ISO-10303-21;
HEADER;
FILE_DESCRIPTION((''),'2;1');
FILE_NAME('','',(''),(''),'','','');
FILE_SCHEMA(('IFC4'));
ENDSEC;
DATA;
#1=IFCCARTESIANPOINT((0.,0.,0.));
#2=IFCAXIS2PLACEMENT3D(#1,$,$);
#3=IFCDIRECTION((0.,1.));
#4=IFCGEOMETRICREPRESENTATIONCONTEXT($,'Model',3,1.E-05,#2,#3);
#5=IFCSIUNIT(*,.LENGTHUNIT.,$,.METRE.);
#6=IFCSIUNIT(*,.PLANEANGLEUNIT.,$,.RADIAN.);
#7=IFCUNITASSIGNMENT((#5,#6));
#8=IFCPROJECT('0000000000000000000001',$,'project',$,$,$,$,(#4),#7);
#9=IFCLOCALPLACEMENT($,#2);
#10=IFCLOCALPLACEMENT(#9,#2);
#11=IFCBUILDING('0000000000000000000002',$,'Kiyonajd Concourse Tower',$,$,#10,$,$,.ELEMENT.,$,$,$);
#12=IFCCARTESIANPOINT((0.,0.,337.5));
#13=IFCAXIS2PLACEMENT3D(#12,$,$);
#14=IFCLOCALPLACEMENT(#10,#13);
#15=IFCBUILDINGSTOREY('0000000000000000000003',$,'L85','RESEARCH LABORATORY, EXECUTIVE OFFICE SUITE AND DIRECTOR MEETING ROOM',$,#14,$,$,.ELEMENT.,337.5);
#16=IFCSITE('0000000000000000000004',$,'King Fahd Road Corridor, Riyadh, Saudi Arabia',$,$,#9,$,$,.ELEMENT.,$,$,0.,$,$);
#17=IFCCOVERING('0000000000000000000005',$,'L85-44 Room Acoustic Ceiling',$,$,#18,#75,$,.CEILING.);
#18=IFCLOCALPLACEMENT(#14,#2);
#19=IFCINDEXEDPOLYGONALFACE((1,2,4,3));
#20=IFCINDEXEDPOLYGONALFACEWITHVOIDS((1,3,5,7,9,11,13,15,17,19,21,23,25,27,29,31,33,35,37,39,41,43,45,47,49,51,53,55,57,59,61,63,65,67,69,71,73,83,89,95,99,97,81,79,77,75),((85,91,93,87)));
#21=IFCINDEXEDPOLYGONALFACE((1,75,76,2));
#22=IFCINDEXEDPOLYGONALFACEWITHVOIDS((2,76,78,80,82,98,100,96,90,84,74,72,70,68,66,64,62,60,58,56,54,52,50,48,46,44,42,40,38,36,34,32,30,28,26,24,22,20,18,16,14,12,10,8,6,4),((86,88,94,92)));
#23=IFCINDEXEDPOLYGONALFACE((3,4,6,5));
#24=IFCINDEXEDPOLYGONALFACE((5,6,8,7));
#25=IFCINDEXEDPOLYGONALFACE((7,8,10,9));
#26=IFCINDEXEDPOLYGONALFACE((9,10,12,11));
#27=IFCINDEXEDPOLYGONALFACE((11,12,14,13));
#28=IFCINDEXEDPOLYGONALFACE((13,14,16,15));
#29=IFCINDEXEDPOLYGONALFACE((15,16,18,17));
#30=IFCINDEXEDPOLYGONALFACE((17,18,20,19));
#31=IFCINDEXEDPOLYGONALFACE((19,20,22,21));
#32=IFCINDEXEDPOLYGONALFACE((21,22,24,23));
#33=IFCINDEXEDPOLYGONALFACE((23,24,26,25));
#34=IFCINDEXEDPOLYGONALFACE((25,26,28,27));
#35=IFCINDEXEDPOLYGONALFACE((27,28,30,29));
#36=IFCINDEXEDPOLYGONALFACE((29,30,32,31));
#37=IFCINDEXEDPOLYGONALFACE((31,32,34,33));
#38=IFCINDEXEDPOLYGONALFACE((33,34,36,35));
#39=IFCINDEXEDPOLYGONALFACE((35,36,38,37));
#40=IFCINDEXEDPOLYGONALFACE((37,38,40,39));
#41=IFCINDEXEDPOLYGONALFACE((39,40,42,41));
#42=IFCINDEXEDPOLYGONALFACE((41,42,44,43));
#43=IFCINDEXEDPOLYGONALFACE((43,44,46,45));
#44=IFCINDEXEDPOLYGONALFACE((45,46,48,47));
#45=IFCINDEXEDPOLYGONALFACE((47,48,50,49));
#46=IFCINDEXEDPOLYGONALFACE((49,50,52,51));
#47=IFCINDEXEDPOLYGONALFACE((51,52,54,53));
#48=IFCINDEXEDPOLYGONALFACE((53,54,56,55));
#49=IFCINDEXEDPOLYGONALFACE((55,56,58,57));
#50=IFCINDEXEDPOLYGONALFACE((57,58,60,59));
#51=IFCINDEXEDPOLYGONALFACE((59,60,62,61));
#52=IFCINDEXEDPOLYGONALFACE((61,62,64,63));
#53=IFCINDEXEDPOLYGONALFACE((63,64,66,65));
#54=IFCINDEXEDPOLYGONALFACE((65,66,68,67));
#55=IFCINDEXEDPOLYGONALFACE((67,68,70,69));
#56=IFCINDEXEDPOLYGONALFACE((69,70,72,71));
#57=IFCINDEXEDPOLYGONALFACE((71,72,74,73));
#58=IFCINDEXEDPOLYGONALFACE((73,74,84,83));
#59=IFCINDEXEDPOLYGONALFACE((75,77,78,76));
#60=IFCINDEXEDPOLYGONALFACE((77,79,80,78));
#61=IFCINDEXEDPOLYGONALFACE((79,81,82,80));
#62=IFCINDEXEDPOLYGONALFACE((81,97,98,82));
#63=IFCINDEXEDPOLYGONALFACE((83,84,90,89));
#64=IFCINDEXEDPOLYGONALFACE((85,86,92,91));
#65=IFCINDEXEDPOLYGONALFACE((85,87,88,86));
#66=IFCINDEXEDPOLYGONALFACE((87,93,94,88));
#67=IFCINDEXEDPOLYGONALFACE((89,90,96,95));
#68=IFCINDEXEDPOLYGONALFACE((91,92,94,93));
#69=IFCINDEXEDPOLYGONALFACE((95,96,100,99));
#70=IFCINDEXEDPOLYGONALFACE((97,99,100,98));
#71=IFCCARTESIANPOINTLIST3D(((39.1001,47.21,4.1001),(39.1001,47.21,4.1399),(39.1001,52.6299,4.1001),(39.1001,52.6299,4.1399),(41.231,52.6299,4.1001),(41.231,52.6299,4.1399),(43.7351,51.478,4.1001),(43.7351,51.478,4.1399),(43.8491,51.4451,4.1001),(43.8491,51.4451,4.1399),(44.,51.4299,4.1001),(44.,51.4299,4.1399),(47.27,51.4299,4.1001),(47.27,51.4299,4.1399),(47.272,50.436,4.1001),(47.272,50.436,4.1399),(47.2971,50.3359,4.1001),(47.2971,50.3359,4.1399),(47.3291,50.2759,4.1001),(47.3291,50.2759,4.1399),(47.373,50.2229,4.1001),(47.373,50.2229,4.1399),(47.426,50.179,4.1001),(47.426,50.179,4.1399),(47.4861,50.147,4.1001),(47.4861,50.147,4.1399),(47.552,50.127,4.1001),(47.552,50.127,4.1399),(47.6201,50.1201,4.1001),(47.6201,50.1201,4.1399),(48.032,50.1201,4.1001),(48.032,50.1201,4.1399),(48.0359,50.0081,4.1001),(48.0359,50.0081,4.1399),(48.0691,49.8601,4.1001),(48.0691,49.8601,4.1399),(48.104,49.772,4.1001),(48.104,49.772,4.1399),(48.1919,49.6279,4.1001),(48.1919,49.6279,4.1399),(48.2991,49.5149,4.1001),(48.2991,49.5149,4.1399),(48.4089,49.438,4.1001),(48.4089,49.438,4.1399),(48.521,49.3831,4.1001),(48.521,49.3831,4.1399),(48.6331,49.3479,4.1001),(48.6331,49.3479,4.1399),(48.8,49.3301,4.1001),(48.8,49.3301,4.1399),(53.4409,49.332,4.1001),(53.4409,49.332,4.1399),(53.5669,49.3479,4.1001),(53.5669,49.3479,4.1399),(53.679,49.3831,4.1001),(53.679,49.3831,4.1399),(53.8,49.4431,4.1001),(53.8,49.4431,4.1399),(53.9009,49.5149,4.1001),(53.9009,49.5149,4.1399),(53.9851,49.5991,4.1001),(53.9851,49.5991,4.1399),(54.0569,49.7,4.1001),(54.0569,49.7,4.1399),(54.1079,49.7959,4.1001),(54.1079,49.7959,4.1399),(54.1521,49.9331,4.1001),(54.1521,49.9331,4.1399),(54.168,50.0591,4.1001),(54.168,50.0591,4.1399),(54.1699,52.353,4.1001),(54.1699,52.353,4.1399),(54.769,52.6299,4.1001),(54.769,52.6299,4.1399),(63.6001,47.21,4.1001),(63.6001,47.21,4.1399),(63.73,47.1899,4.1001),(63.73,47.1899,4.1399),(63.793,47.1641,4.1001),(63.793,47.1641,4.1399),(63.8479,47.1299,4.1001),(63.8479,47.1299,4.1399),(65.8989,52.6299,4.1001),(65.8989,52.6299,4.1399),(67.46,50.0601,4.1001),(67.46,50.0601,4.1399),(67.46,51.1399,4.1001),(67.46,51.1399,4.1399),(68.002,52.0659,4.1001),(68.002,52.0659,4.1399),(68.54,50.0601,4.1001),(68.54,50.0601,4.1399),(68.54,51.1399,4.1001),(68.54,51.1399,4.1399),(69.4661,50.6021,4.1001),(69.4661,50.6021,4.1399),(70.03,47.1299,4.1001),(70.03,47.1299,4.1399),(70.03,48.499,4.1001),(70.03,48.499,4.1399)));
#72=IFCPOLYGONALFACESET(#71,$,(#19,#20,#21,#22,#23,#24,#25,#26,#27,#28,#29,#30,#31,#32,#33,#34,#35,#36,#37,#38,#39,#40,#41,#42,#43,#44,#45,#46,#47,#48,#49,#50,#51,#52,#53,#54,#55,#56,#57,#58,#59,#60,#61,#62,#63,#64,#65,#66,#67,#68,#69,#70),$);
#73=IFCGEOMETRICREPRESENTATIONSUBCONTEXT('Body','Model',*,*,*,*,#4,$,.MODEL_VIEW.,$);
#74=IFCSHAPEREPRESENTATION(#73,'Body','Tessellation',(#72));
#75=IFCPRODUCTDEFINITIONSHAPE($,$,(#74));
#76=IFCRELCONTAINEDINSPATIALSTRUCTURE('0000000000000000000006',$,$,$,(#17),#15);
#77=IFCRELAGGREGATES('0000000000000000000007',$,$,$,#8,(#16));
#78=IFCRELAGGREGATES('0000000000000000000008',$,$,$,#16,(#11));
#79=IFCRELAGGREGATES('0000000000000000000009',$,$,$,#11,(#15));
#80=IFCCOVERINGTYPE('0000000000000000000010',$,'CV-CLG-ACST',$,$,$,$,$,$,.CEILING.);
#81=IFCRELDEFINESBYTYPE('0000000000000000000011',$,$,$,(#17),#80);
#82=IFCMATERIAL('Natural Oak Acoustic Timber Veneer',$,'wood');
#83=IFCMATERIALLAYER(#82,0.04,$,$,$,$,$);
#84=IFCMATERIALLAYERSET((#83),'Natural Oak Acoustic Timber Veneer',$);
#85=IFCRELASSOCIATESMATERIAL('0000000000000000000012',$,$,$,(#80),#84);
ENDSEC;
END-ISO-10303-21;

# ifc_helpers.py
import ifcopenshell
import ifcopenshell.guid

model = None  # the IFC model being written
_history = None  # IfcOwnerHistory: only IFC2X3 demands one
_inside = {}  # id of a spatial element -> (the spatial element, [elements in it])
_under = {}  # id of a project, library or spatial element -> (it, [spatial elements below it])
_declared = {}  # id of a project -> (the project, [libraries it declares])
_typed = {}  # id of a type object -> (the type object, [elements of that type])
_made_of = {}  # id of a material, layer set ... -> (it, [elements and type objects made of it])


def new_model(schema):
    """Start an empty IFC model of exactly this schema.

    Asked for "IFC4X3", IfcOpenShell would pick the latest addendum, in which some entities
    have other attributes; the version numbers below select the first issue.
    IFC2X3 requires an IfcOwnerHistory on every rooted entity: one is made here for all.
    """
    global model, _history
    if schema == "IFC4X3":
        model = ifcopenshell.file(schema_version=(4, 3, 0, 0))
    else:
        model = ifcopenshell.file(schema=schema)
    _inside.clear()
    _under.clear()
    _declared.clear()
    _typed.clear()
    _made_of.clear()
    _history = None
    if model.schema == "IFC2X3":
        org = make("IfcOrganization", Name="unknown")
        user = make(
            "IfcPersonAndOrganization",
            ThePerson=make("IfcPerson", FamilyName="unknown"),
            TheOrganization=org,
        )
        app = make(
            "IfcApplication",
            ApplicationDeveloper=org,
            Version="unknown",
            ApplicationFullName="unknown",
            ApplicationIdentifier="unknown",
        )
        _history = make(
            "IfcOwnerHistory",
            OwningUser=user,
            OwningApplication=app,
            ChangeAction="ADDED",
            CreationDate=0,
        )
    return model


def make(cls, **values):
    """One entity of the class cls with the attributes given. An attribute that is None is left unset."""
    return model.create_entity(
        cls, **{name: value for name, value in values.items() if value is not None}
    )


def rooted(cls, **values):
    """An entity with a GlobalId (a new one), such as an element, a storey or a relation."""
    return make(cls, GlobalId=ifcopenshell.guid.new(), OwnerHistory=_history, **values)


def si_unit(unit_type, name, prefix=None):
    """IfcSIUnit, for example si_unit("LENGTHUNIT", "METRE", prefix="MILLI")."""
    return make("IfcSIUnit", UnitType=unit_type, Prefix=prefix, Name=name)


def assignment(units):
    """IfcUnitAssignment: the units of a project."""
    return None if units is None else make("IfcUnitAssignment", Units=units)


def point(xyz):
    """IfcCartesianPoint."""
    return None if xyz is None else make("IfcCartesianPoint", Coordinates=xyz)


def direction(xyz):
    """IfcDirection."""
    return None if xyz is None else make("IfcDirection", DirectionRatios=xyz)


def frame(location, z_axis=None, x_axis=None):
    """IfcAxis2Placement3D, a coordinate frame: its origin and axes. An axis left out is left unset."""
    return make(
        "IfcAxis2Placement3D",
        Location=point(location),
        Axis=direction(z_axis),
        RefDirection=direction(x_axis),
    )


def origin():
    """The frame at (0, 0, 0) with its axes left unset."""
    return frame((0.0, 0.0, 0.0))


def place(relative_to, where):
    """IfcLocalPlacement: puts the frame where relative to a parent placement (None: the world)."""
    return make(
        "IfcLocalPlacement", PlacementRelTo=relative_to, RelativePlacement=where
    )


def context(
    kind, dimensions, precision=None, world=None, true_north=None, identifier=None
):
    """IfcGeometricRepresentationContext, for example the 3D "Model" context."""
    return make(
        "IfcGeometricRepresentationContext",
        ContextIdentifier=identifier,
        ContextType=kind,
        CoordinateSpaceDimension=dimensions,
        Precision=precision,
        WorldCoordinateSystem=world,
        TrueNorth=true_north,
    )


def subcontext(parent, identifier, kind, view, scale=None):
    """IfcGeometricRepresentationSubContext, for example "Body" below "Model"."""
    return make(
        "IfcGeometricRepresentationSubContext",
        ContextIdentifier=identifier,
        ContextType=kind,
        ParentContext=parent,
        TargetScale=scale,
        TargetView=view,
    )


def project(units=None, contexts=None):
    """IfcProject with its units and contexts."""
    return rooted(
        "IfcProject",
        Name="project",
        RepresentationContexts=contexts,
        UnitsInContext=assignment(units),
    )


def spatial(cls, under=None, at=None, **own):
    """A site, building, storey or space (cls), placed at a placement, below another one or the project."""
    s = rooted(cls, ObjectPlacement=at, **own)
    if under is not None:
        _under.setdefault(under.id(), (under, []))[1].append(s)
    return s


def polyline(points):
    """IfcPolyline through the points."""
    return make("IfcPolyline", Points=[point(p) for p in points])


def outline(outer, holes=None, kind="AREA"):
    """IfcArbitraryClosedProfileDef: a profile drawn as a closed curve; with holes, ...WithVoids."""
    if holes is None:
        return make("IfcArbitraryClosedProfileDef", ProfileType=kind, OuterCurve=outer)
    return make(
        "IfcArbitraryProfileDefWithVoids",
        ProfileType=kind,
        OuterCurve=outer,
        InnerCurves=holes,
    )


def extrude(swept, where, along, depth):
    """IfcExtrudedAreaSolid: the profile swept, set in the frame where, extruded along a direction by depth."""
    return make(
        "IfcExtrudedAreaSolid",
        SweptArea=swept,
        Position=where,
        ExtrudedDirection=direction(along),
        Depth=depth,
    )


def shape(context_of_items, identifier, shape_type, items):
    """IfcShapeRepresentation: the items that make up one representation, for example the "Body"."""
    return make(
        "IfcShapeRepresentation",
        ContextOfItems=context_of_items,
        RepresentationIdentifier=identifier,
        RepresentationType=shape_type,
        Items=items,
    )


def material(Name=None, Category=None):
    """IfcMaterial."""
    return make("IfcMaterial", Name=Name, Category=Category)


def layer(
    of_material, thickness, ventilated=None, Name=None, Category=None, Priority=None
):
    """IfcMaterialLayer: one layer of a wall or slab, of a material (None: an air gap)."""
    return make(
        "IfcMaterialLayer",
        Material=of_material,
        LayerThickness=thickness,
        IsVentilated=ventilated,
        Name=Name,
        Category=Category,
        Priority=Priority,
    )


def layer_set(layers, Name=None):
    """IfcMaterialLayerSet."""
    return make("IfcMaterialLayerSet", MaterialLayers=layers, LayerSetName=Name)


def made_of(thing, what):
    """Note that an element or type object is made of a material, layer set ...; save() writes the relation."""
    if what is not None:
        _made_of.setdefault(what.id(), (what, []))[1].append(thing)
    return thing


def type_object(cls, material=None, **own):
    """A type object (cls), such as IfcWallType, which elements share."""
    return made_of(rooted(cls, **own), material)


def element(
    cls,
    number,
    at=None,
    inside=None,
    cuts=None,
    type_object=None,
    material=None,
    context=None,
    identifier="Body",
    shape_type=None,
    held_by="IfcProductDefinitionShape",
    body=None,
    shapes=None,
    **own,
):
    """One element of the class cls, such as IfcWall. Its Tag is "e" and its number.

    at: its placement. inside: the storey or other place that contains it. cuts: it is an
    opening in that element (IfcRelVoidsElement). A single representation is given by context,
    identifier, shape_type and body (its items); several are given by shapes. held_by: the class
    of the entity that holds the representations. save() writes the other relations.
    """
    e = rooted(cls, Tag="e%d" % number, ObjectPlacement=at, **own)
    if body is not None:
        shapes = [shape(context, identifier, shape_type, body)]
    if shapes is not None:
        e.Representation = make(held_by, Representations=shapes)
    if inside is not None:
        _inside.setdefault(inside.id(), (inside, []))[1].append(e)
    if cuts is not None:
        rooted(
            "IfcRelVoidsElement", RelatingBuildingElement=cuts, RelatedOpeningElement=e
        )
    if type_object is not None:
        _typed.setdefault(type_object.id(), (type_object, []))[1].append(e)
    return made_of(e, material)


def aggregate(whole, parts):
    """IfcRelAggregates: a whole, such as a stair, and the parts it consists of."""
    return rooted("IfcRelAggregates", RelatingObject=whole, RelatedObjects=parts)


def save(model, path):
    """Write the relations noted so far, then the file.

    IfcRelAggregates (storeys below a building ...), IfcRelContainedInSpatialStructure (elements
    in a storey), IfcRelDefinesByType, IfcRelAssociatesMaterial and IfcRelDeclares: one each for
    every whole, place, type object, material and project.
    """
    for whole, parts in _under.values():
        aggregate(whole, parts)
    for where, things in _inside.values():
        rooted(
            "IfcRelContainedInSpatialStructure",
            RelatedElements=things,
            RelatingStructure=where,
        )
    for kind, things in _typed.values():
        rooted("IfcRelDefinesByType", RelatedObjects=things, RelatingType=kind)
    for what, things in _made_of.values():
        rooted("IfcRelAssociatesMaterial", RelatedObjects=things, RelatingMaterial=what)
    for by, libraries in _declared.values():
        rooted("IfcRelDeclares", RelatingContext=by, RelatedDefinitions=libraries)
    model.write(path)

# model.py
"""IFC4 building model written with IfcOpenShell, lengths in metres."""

from ifc_helpers import new_model, si_unit, direction, frame, origin, place, context, subcontext, project, spatial, polyline, outline, extrude, material, layer, layer_set, type_object, element, save


model = new_model("IFC4")

# Units and contexts
model_context = context("Model", 3, precision=1e-05, world=origin(), true_north=direction((0.0, 1.0)))
body_context = subcontext(model_context, "Body", "Model", "MODEL_VIEW")
ifc_project = project(units=[si_unit("LENGTHUNIT", "METRE"), si_unit("PLANEANGLEUNIT", "RADIAN")], contexts=[model_context])

# Site, building, storey
site_placement = place(None, origin())
site = spatial("IfcSite", under=ifc_project, at=site_placement, Name="King Fahd Road Corridor, Riyadh, Saudi Arabia", CompositionType="ELEMENT", RefElevation=0.0)
building_placement = place(site_placement, origin())
building = spatial("IfcBuilding", under=site, at=building_placement, Name="Kiyonajd Concourse Tower", CompositionType="ELEMENT")
storey_placement = place(building_placement, frame((0.0, 0.0, 337.5)))
storey = spatial("IfcBuildingStorey", under=building, at=storey_placement, Name="L85", Description="RESEARCH LABORATORY, EXECUTIVE OFFICE SUITE AND DIRECTOR MEETING ROOM", CompositionType="ELEMENT", Elevation=337.5)

# Covering
ifc_material_1 = material(Name="Natural Oak Acoustic Timber Veneer", Category="wood")
ifc_layer_1 = layer(ifc_material_1, 0.04)
ifc_layer_set_1 = layer_set([ifc_layer_1], Name="Natural Oak Acoustic Timber Veneer")
covering_type = type_object("IfcCoveringType", Name="CV-CLG-ACST", PredefinedType="CEILING", material=ifc_layer_set_1)
covering_placement = place(storey_placement, frame((0.0, 0.0, 4.1001)))
element("IfcCovering", 1, at=covering_placement, inside=storey, type_object=covering_type, Name="L85-44 Room Acoustic Ceiling", PredefinedType="CEILING", context=body_context, shape_type="SweptSolid", body=[
    extrude(outline(polyline([(43.7351, 51.478), (43.8491, 51.4451), (44.0, 51.4299), (47.27, 51.4299), (47.272, 50.436), (47.2971, 50.3359), (47.3291, 50.2759), (47.373, 50.2229), (47.426, 50.179), (47.4861, 50.147), (47.552, 50.127), (47.6201, 50.1201), (48.032, 50.1201), (48.0359, 50.0081), (48.0691, 49.8601), (48.104, 49.772), (48.1919, 49.6279), (48.2991, 49.5149), (48.4089, 49.438), (48.521, 49.3831), (48.6331, 49.3479), (48.8, 49.3301), (53.4409, 49.332), (53.5669, 49.3479), (53.679, 49.3831), (53.8, 49.4431), (53.9009, 49.5149), (53.9851, 49.5991), (54.0569, 49.7), (54.1079, 49.7959), (54.1521, 49.9331), (54.168, 50.0591), (54.1699, 52.353), (54.769, 52.6299), (65.8989, 52.6299), (68.002, 52.0659), (69.4661, 50.6021), (70.03, 48.499), (70.03, 47.1299), (63.8479, 47.1299), (63.793, 47.1641), (63.73, 47.1899), (63.6001, 47.21), (39.1001, 47.21), (39.1001, 52.6299), (41.231, 52.6299), (43.7351, 51.478)]), holes=[polyline([(68.54, 50.0601), (68.54, 51.1399), (67.46, 51.1399), (67.46, 50.0601), (68.54, 50.0601)])]), origin(), (0.0, 0.0, 1.0), 0.0398),
])

save(model, "model.ifc")
